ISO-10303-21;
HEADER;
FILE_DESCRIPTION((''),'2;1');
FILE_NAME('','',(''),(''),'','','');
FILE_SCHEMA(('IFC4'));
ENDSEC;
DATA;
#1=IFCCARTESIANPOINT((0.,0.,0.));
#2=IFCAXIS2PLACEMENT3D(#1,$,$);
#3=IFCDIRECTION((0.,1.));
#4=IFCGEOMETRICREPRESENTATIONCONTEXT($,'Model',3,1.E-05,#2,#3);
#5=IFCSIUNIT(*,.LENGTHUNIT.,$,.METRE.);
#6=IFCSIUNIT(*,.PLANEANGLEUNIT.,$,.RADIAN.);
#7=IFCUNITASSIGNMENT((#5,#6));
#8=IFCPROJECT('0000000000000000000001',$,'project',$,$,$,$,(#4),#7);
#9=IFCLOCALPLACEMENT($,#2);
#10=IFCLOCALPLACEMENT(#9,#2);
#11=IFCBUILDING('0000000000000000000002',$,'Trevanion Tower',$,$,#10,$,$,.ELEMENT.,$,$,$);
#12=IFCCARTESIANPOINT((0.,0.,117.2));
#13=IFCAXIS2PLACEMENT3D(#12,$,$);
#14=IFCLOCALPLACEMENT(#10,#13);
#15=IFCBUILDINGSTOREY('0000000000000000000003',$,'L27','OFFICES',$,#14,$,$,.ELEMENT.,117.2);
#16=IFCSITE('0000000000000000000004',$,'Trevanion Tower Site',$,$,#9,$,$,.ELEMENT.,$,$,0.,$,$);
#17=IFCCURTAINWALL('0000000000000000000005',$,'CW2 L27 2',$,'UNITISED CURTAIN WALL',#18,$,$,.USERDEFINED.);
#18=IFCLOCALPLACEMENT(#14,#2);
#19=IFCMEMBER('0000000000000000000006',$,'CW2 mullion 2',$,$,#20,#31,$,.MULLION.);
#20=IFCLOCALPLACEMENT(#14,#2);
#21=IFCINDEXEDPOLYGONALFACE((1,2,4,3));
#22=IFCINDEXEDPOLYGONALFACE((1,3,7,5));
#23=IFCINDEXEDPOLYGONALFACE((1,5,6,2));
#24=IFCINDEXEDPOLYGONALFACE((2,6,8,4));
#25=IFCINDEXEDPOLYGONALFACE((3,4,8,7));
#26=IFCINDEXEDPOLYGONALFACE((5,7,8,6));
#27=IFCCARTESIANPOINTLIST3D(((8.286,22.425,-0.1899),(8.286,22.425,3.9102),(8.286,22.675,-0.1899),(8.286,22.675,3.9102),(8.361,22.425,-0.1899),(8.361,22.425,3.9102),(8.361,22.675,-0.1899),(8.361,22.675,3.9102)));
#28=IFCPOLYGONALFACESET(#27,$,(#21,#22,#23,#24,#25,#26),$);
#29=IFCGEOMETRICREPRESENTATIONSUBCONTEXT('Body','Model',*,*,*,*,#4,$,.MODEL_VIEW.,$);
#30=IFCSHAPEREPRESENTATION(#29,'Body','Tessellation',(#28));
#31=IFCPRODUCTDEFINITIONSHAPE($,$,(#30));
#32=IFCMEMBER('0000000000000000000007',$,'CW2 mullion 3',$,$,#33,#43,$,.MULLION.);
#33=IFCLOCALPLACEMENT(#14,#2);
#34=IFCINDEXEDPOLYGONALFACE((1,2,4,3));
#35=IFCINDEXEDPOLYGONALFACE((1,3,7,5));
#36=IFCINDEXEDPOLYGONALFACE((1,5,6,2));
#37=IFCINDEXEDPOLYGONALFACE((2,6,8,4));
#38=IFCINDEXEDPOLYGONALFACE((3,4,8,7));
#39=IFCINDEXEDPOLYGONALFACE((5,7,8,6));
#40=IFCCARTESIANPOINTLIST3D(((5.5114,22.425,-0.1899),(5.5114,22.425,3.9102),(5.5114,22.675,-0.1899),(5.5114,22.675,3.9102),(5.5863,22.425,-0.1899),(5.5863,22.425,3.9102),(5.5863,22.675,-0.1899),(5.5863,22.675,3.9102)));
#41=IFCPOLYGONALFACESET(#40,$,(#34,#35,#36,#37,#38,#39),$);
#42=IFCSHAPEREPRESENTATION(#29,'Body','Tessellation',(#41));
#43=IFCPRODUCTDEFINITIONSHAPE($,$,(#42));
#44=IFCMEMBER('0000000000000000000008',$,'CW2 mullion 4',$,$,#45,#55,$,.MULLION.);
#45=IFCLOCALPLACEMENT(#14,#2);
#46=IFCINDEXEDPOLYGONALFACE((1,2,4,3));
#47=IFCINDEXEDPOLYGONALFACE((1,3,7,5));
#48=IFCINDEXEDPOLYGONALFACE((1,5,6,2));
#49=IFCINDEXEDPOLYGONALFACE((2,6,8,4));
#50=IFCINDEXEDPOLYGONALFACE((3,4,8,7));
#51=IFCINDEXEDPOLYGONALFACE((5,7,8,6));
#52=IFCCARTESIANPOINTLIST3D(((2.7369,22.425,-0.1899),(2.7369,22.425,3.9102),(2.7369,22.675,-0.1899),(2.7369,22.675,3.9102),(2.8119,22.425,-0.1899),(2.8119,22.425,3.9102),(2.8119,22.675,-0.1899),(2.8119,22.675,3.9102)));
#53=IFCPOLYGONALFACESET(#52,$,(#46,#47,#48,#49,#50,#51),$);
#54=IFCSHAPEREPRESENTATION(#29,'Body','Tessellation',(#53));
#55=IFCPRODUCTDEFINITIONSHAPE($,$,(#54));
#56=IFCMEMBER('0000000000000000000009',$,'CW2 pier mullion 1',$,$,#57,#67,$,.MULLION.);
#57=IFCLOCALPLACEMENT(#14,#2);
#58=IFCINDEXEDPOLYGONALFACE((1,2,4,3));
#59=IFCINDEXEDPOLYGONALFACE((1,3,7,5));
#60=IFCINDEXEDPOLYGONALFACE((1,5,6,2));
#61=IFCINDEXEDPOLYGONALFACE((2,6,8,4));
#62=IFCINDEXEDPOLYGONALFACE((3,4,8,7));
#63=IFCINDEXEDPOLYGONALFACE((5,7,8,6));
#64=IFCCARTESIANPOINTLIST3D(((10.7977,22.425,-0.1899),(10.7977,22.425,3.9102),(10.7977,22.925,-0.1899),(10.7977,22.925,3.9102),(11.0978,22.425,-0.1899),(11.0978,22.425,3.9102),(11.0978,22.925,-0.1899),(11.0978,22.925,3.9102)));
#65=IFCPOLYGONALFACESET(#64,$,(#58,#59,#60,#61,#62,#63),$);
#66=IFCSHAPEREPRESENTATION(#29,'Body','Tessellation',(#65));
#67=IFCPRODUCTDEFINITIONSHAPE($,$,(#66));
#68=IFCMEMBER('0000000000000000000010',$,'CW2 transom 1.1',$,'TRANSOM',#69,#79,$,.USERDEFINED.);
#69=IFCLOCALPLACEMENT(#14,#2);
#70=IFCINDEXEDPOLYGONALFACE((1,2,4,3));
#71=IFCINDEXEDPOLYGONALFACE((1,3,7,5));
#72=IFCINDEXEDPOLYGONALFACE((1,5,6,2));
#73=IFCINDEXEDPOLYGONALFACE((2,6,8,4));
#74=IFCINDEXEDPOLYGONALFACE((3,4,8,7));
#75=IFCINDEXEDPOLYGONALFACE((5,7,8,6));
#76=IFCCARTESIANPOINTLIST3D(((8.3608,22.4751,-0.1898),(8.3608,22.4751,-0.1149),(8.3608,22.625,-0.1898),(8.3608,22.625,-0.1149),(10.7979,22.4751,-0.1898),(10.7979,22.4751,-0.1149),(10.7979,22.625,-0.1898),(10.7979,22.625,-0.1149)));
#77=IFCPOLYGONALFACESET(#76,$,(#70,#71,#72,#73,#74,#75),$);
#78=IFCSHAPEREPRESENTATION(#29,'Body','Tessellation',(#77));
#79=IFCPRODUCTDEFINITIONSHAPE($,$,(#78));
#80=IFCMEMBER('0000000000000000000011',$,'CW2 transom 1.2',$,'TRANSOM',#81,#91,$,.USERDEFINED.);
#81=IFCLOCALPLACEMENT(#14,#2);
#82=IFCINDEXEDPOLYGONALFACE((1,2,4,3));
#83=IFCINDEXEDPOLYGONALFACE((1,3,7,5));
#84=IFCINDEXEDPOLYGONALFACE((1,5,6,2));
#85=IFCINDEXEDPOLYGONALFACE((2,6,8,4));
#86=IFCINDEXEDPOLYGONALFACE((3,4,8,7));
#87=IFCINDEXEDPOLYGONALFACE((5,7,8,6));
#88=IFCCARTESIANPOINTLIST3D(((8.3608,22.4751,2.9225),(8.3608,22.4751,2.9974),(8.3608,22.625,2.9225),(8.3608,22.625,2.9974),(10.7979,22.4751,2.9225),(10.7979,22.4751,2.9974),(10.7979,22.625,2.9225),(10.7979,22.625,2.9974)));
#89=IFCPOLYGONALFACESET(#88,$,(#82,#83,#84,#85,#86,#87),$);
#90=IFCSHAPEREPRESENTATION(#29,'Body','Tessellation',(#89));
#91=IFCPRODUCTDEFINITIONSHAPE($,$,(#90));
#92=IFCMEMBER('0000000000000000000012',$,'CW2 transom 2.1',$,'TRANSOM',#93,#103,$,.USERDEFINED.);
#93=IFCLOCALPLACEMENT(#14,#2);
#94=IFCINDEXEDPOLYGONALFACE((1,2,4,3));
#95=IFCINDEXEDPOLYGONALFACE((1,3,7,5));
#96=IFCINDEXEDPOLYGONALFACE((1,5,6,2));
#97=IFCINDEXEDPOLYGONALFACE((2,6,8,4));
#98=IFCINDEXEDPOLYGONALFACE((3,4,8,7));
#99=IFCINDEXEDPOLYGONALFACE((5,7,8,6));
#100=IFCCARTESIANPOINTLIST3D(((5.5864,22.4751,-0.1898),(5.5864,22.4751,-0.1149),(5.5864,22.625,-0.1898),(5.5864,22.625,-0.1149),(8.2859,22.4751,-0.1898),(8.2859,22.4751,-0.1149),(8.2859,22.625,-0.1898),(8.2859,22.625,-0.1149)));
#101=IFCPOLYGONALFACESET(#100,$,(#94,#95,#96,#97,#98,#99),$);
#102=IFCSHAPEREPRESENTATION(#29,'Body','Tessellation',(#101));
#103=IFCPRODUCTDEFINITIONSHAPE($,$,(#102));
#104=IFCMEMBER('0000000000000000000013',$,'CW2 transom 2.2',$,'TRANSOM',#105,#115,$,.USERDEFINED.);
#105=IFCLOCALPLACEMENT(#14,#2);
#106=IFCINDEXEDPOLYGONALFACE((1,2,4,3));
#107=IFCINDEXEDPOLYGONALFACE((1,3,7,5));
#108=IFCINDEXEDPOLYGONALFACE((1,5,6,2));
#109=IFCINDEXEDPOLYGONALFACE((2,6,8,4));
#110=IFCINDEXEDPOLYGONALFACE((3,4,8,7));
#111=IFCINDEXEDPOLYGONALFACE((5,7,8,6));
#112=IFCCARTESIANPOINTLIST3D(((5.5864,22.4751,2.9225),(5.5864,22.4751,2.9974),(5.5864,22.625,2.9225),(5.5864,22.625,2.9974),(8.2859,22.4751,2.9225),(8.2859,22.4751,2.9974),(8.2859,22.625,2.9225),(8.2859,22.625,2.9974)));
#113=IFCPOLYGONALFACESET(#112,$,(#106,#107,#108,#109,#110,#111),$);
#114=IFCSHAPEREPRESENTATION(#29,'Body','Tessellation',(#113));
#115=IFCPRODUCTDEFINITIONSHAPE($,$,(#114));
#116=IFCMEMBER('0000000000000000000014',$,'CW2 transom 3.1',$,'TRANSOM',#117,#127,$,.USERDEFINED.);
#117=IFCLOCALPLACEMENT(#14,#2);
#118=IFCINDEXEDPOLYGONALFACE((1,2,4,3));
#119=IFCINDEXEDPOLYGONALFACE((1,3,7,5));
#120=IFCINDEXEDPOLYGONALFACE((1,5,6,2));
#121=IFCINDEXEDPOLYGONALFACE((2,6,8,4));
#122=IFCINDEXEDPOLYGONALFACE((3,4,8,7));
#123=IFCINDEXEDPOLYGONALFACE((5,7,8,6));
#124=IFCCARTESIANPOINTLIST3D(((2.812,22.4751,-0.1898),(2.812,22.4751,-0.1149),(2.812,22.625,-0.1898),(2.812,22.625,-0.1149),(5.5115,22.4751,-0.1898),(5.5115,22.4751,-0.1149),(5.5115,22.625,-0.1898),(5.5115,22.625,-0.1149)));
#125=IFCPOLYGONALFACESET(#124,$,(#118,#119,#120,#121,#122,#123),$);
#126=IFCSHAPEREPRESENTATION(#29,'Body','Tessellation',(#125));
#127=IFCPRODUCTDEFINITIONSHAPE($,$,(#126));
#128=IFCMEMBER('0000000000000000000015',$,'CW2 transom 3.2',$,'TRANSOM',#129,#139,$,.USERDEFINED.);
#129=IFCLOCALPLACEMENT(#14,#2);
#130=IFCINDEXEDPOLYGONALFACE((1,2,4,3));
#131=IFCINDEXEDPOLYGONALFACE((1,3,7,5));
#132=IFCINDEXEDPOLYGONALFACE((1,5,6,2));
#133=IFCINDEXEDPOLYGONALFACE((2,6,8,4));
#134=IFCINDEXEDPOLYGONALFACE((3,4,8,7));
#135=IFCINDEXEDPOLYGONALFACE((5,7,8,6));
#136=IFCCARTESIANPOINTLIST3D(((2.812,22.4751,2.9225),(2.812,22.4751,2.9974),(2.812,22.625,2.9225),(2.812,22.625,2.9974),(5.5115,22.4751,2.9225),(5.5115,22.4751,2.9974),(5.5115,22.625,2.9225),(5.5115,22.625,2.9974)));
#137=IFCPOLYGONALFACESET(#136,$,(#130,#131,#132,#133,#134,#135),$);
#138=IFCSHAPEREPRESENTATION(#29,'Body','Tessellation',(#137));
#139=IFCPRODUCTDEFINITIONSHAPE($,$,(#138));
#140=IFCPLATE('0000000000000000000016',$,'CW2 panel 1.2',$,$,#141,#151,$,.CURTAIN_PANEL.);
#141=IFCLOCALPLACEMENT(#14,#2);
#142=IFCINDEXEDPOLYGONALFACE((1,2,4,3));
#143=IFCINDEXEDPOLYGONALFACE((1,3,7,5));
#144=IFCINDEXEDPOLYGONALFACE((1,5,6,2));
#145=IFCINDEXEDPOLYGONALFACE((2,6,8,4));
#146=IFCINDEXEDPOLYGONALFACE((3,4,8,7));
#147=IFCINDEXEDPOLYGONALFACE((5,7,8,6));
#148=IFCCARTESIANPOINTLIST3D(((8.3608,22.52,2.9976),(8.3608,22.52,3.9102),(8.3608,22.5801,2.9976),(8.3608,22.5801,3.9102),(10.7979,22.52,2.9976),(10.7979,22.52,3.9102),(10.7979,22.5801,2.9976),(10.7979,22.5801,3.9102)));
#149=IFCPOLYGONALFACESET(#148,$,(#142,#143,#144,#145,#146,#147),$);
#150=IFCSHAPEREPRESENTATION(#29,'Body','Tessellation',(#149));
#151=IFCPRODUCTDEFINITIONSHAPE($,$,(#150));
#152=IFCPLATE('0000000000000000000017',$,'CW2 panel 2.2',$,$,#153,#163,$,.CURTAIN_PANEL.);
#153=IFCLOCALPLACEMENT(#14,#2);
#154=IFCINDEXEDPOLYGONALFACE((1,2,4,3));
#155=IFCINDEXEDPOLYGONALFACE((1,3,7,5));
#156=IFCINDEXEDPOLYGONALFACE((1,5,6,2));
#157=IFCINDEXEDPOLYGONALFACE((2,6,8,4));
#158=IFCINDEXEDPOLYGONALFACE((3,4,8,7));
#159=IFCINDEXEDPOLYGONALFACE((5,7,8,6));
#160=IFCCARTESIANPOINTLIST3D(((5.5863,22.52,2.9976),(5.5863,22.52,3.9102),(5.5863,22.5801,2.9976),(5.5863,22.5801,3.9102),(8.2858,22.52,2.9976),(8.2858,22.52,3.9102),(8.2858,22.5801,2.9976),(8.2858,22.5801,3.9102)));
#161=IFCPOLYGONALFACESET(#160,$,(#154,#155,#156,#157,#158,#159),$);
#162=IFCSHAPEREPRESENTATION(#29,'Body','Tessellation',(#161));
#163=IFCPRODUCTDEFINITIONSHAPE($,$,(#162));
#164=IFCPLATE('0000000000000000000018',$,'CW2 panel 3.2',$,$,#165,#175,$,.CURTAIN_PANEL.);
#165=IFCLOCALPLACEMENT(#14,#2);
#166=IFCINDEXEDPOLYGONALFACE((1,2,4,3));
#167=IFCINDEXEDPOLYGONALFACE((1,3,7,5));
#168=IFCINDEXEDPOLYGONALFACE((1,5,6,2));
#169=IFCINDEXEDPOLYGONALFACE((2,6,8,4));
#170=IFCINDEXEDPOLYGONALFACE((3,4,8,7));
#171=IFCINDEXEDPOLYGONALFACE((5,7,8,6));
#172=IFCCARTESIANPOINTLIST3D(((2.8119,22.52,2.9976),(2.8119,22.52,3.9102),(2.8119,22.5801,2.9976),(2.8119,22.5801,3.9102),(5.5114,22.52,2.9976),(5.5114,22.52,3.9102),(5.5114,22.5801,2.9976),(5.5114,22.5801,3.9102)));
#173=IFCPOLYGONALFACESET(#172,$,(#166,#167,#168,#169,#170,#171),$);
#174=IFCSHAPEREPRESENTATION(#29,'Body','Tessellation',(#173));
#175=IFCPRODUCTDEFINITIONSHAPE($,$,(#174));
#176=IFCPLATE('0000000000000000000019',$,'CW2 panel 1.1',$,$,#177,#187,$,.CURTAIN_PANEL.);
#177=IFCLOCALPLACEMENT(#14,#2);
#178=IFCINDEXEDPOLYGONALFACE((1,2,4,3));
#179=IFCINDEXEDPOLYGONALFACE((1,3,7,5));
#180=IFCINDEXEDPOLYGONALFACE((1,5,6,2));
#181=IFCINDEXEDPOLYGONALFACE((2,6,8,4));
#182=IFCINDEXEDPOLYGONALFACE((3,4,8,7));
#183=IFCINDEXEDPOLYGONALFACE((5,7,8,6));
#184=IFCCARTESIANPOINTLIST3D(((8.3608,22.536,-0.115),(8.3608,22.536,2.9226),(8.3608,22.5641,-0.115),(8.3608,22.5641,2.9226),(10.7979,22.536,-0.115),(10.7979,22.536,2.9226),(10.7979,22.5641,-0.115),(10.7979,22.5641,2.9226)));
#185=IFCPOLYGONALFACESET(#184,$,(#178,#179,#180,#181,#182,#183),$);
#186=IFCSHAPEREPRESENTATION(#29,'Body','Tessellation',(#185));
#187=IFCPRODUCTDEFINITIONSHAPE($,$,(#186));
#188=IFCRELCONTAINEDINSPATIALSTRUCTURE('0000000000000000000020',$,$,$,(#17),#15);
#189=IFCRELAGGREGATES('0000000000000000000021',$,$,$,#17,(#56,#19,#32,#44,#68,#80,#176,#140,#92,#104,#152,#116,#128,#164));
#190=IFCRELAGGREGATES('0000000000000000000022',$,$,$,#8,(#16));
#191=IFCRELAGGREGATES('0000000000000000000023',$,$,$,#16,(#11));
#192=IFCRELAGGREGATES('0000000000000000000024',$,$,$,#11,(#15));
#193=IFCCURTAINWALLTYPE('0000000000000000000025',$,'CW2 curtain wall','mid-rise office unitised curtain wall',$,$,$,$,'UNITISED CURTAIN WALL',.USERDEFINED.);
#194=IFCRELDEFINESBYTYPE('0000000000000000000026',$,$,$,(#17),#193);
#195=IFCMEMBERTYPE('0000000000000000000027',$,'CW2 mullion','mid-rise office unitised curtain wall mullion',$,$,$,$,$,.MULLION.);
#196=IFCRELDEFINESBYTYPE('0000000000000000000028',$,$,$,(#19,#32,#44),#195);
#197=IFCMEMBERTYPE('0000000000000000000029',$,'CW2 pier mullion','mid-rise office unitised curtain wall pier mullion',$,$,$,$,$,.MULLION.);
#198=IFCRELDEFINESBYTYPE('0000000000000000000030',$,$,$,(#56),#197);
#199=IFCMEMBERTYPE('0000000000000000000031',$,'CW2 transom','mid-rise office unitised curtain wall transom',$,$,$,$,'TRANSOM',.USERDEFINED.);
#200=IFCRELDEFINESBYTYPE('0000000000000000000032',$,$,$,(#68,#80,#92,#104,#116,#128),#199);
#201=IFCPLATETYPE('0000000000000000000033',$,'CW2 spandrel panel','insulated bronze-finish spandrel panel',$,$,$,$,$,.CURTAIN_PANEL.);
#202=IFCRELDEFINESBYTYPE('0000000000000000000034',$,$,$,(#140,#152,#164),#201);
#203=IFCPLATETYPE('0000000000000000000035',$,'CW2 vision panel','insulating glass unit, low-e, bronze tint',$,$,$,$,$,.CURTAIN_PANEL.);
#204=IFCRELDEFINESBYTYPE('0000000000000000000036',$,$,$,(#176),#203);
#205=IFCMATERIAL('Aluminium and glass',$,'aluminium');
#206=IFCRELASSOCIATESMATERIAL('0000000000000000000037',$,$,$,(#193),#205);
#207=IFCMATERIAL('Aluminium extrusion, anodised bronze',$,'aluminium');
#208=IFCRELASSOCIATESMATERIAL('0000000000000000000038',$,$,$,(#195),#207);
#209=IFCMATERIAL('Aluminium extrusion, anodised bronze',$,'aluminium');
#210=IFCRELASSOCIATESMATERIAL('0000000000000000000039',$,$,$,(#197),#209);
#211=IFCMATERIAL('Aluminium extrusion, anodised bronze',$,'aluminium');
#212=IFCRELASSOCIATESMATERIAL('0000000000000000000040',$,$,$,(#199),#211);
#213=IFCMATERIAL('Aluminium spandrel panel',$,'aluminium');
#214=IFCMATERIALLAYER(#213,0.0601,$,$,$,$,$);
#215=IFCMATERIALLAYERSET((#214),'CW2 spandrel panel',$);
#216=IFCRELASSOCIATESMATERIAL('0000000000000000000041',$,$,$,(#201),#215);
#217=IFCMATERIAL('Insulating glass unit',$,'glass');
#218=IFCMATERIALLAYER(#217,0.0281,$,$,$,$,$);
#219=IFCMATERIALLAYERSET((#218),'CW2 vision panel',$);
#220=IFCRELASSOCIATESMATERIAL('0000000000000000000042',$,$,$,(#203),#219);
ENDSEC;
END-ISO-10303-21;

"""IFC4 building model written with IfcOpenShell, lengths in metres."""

from ifc_helpers import new_model, si_unit, direction, frame, origin, origin_2d, place, context, subcontext, project, spatial, rectangle, extrude, material, layer, layer_set, material_profile, profile_set, type_object, element, aggregate, save


model = new_model("IFC4")

# Units and contexts
model_context = context("Model", 3, precision=1e-05, world=origin(), true_north=direction((0.0, 1.0)))
body_context = subcontext(model_context, "Body", "Model", "MODEL_VIEW")
ifc_project = project(units=[si_unit("LENGTHUNIT", "METRE"), si_unit("PLANEANGLEUNIT", "RADIAN")], contexts=[model_context])

# Site, building, storey
site_placement = place(None, origin())
site = spatial("IfcSite", under=ifc_project, at=site_placement, Name="Trevanion Tower Site", CompositionType="ELEMENT", RefElevation=0.0)
building_placement = place(site_placement, origin())
building = spatial("IfcBuilding", under=site, at=building_placement, Name="Trevanion Tower", CompositionType="ELEMENT")
storey_placement = place(building_placement, frame((0.0, 0.0, 117.2)))
storey = spatial("IfcBuildingStorey", under=building, at=storey_placement, Name="L27", Description="OFFICES", CompositionType="ELEMENT", Elevation=117.2)

# Curtain wall, members, plates
ifc_material_1 = material(Name="Aluminium and glass", Category="aluminium")
curtain_wall_type = type_object("IfcCurtainWallType", Name="CW2 curtain wall", Description="mid-rise office unitised curtain wall", ElementType="UNITISED CURTAIN WALL", PredefinedType="USERDEFINED", material=ifc_material_1)
curtain_wall_placement = place(storey_placement, origin())
curtain_wall = element("IfcCurtainWall", 1, at=curtain_wall_placement, inside=storey, type_object=curtain_wall_type, Name="CW2 L27 2", ObjectType="UNITISED CURTAIN WALL", PredefinedType="USERDEFINED")
ifc_material_2 = material(Name="Aluminium extrusion, anodised bronze", Category="aluminium")
ifc_material_profile_1 = material_profile(ifc_material_2, rectangle(XDim=0.075, YDim=0.25, at=origin_2d()), Name="CW2 mullion")
ifc_profile_set_1 = profile_set([ifc_material_profile_1], Name="Aluminium extrusion, anodised bronze")
member_type_1 = type_object("IfcMemberType", Name="CW2 mullion", Description="mid-rise office unitised curtain wall mullion", PredefinedType="MULLION", material=ifc_profile_set_1)
member_1_placement = place(storey_placement, frame((8.3235, 22.55, -0.1899), z_axis=(0.0, 0.0, 1.0), x_axis=(-1.0, 0.0, 0.0)))
member_1 = element("IfcMember", 2, at=member_1_placement, type_object=member_type_1, Name="CW2 mullion 2", PredefinedType="MULLION", context=body_context, shape_type="SweptSolid", body=[
    extrude(rectangle(XDim=0.075, YDim=0.25, at=origin_2d()), origin(), (0.0, 0.0, 1.0), 4.1001),
])
member_2_placement = place(storey_placement, frame((5.5488, 22.55, -0.1899), z_axis=(0.0, 0.0, 1.0), x_axis=(-1.0, 0.0, 0.0)))
member_2 = element("IfcMember", 3, at=member_2_placement, type_object=member_type_1, Name="CW2 mullion 3", PredefinedType="MULLION", context=body_context, shape_type="SweptSolid", body=[
    extrude(rectangle(XDim=0.075, YDim=0.25, at=origin_2d()), origin(), (0.0, 0.0, 1.0), 4.1001),
])
member_3_placement = place(storey_placement, frame((2.7744, 22.55, -0.1899), z_axis=(0.0, 0.0, 1.0), x_axis=(-1.0, 0.0, 0.0)))
member_3 = element("IfcMember", 4, at=member_3_placement, type_object=member_type_1, Name="CW2 mullion 4", PredefinedType="MULLION", context=body_context, shape_type="SweptSolid", body=[
    extrude(rectangle(XDim=0.075, YDim=0.25, at=origin_2d()), origin(), (0.0, 0.0, 1.0), 4.1001),
])
ifc_material_3 = material(Name="Aluminium extrusion, anodised bronze", Category="aluminium")
ifc_material_profile_2 = material_profile(ifc_material_3, rectangle(XDim=0.3, YDim=0.5, at=origin_2d()), Name="CW2 pier mullion")
ifc_profile_set_2 = profile_set([ifc_material_profile_2], Name="Aluminium extrusion, anodised bronze")
member_type_2 = type_object("IfcMemberType", Name="CW2 pier mullion", Description="mid-rise office unitised curtain wall pier mullion", PredefinedType="MULLION", material=ifc_profile_set_2)
member_4_placement = place(storey_placement, frame((10.9478, 22.675, -0.1899), z_axis=(0.0, 0.0, 1.0), x_axis=(-1.0, 0.0, 0.0)))
member_4 = element("IfcMember", 5, at=member_4_placement, type_object=member_type_2, Name="CW2 pier mullion 1", PredefinedType="MULLION", context=body_context, shape_type="SweptSolid", body=[
    extrude(rectangle(XDim=0.3, YDim=0.5, at=origin_2d()), origin(), (0.0, 0.0, 1.0), 4.1001),
])
ifc_material_4 = material(Name="Aluminium extrusion, anodised bronze", Category="aluminium")
ifc_material_profile_3 = material_profile(ifc_material_4, rectangle(XDim=0.1499, YDim=0.075, at=origin_2d()), Name="CW2 transom")
ifc_profile_set_3 = profile_set([ifc_material_profile_3], Name="Aluminium extrusion, anodised bronze")
member_type_3 = type_object("IfcMemberType", Name="CW2 transom", Description="mid-rise office unitised curtain wall transom", ElementType="TRANSOM", PredefinedType="USERDEFINED", material=ifc_profile_set_3)
member_5_placement = place(storey_placement, frame((10.7979, 22.55, -0.1523), z_axis=(-1.0, 0.0, 0.0), x_axis=(0.0, -1.0, 0.0)))
member_5 = element("IfcMember", 6, at=member_5_placement, type_object=member_type_3, Name="CW2 transom 1.1", ObjectType="TRANSOM", PredefinedType="USERDEFINED", context=body_context, shape_type="SweptSolid", body=[
    extrude(rectangle(XDim=0.1499, YDim=0.075, at=origin_2d()), origin(), (0.0, 0.0, 1.0), 2.437),
])
member_6_placement = place(storey_placement, frame((10.7979, 22.55, 2.96), z_axis=(-1.0, 0.0, 0.0), x_axis=(0.0, -1.0, 0.0)))
member_6 = element("IfcMember", 7, at=member_6_placement, type_object=member_type_3, Name="CW2 transom 1.2", ObjectType="TRANSOM", PredefinedType="USERDEFINED", context=body_context, shape_type="SweptSolid", body=[
    extrude(rectangle(XDim=0.1499, YDim=0.075, at=origin_2d()), origin(), (0.0, 0.0, 1.0), 2.437),
])
member_7_placement = place(storey_placement, frame((8.2859, 22.55, -0.1523), z_axis=(-1.0, 0.0, 0.0), x_axis=(0.0, -1.0, 0.0)))
member_7 = element("IfcMember", 8, at=member_7_placement, type_object=member_type_3, Name="CW2 transom 2.1", ObjectType="TRANSOM", PredefinedType="USERDEFINED", context=body_context, shape_type="SweptSolid", body=[
    extrude(rectangle(XDim=0.1499, YDim=0.075, at=origin_2d()), origin(), (0.0, 0.0, 1.0), 2.6995),
])
member_8_placement = place(storey_placement, frame((8.2859, 22.55, 2.96), z_axis=(-1.0, 0.0, 0.0), x_axis=(0.0, -1.0, 0.0)))
member_8 = element("IfcMember", 9, at=member_8_placement, type_object=member_type_3, Name="CW2 transom 2.2", ObjectType="TRANSOM", PredefinedType="USERDEFINED", context=body_context, shape_type="SweptSolid", body=[
    extrude(rectangle(XDim=0.1499, YDim=0.075, at=origin_2d()), origin(), (0.0, 0.0, 1.0), 2.6995),
])
member_9_placement = place(storey_placement, frame((5.5115, 22.55, -0.1523), z_axis=(-1.0, 0.0, 0.0), x_axis=(0.0, -1.0, 0.0)))
member_9 = element("IfcMember", 10, at=member_9_placement, type_object=member_type_3, Name="CW2 transom 3.1", ObjectType="TRANSOM", PredefinedType="USERDEFINED", context=body_context, shape_type="SweptSolid", body=[
    extrude(rectangle(XDim=0.1499, YDim=0.075, at=origin_2d()), origin(), (0.0, 0.0, 1.0), 2.6995),
])
member_10_placement = place(storey_placement, frame((5.5115, 22.55, 2.96), z_axis=(-1.0, 0.0, 0.0), x_axis=(0.0, -1.0, 0.0)))
member_10 = element("IfcMember", 11, at=member_10_placement, type_object=member_type_3, Name="CW2 transom 3.2", ObjectType="TRANSOM", PredefinedType="USERDEFINED", context=body_context, shape_type="SweptSolid", body=[
    extrude(rectangle(XDim=0.1499, YDim=0.075, at=origin_2d()), origin(), (0.0, 0.0, 1.0), 2.6995),
])
ifc_material_5 = material(Name="Aluminium spandrel panel", Category="aluminium")
ifc_layer_1 = layer(ifc_material_5, 0.0601)
ifc_layer_set_1 = layer_set([ifc_layer_1], Name="CW2 spandrel panel")
plate_type_1 = type_object("IfcPlateType", Name="CW2 spandrel panel", Description="insulated bronze-finish spandrel panel", PredefinedType="CURTAIN_PANEL", material=ifc_layer_set_1)
plate_1_placement = place(storey_placement, frame((9.5793, 22.55, 2.9976), z_axis=(0.0, 0.0, 1.0), x_axis=(-1.0, 0.0, 0.0)))
plate_1 = element("IfcPlate", 12, at=plate_1_placement, type_object=plate_type_1, Name="CW2 panel 1.2", PredefinedType="CURTAIN_PANEL", context=body_context, shape_type="SweptSolid", body=[
    extrude(rectangle(XDim=2.437, YDim=0.0601, at=origin_2d()), origin(), (0.0, 0.0, 1.0), 0.9126),
])
plate_2_placement = place(storey_placement, frame((6.936, 22.55, 2.9976), z_axis=(0.0, 0.0, 1.0), x_axis=(-1.0, 0.0, 0.0)))
plate_2 = element("IfcPlate", 13, at=plate_2_placement, type_object=plate_type_1, Name="CW2 panel 2.2", PredefinedType="CURTAIN_PANEL", context=body_context, shape_type="SweptSolid", body=[
    extrude(rectangle(XDim=2.6995, YDim=0.0601, at=origin_2d()), origin(), (0.0, 0.0, 1.0), 0.9126),
])
plate_3_placement = place(storey_placement, frame((4.1616, 22.55, 2.9976), z_axis=(0.0, 0.0, 1.0), x_axis=(-1.0, 0.0, 0.0)))
plate_3 = element("IfcPlate", 14, at=plate_3_placement, type_object=plate_type_1, Name="CW2 panel 3.2", PredefinedType="CURTAIN_PANEL", context=body_context, shape_type="SweptSolid", body=[
    extrude(rectangle(XDim=2.6995, YDim=0.0601, at=origin_2d()), origin(), (0.0, 0.0, 1.0), 0.9126),
])
ifc_material_6 = material(Name="Insulating glass unit", Category="glass")
ifc_layer_2 = layer(ifc_material_6, 0.0281)
ifc_layer_set_2 = layer_set([ifc_layer_2], Name="CW2 vision panel")
plate_type_2 = type_object("IfcPlateType", Name="CW2 vision panel", Description="insulating glass unit, low-e, bronze tint", PredefinedType="CURTAIN_PANEL", material=ifc_layer_set_2)
plate_4_placement = place(storey_placement, frame((9.5793, 22.55, -0.115), z_axis=(0.0, 0.0, 1.0), x_axis=(-1.0, 0.0, 0.0)))
plate_4 = element("IfcPlate", 15, at=plate_4_placement, type_object=plate_type_2, Name="CW2 panel 1.1", PredefinedType="CURTAIN_PANEL", context=body_context, shape_type="SweptSolid", body=[
    extrude(rectangle(XDim=2.437, YDim=0.0281, at=origin_2d()), origin(), (0.0, 0.0, 1.0), 3.0376),
])
aggregate(curtain_wall, [member_4, member_1, member_2, member_3, member_5, member_6, plate_4, plate_1, member_7, member_8, plate_2, member_9, member_10, plate_3])

save(model, "model.ifc")
